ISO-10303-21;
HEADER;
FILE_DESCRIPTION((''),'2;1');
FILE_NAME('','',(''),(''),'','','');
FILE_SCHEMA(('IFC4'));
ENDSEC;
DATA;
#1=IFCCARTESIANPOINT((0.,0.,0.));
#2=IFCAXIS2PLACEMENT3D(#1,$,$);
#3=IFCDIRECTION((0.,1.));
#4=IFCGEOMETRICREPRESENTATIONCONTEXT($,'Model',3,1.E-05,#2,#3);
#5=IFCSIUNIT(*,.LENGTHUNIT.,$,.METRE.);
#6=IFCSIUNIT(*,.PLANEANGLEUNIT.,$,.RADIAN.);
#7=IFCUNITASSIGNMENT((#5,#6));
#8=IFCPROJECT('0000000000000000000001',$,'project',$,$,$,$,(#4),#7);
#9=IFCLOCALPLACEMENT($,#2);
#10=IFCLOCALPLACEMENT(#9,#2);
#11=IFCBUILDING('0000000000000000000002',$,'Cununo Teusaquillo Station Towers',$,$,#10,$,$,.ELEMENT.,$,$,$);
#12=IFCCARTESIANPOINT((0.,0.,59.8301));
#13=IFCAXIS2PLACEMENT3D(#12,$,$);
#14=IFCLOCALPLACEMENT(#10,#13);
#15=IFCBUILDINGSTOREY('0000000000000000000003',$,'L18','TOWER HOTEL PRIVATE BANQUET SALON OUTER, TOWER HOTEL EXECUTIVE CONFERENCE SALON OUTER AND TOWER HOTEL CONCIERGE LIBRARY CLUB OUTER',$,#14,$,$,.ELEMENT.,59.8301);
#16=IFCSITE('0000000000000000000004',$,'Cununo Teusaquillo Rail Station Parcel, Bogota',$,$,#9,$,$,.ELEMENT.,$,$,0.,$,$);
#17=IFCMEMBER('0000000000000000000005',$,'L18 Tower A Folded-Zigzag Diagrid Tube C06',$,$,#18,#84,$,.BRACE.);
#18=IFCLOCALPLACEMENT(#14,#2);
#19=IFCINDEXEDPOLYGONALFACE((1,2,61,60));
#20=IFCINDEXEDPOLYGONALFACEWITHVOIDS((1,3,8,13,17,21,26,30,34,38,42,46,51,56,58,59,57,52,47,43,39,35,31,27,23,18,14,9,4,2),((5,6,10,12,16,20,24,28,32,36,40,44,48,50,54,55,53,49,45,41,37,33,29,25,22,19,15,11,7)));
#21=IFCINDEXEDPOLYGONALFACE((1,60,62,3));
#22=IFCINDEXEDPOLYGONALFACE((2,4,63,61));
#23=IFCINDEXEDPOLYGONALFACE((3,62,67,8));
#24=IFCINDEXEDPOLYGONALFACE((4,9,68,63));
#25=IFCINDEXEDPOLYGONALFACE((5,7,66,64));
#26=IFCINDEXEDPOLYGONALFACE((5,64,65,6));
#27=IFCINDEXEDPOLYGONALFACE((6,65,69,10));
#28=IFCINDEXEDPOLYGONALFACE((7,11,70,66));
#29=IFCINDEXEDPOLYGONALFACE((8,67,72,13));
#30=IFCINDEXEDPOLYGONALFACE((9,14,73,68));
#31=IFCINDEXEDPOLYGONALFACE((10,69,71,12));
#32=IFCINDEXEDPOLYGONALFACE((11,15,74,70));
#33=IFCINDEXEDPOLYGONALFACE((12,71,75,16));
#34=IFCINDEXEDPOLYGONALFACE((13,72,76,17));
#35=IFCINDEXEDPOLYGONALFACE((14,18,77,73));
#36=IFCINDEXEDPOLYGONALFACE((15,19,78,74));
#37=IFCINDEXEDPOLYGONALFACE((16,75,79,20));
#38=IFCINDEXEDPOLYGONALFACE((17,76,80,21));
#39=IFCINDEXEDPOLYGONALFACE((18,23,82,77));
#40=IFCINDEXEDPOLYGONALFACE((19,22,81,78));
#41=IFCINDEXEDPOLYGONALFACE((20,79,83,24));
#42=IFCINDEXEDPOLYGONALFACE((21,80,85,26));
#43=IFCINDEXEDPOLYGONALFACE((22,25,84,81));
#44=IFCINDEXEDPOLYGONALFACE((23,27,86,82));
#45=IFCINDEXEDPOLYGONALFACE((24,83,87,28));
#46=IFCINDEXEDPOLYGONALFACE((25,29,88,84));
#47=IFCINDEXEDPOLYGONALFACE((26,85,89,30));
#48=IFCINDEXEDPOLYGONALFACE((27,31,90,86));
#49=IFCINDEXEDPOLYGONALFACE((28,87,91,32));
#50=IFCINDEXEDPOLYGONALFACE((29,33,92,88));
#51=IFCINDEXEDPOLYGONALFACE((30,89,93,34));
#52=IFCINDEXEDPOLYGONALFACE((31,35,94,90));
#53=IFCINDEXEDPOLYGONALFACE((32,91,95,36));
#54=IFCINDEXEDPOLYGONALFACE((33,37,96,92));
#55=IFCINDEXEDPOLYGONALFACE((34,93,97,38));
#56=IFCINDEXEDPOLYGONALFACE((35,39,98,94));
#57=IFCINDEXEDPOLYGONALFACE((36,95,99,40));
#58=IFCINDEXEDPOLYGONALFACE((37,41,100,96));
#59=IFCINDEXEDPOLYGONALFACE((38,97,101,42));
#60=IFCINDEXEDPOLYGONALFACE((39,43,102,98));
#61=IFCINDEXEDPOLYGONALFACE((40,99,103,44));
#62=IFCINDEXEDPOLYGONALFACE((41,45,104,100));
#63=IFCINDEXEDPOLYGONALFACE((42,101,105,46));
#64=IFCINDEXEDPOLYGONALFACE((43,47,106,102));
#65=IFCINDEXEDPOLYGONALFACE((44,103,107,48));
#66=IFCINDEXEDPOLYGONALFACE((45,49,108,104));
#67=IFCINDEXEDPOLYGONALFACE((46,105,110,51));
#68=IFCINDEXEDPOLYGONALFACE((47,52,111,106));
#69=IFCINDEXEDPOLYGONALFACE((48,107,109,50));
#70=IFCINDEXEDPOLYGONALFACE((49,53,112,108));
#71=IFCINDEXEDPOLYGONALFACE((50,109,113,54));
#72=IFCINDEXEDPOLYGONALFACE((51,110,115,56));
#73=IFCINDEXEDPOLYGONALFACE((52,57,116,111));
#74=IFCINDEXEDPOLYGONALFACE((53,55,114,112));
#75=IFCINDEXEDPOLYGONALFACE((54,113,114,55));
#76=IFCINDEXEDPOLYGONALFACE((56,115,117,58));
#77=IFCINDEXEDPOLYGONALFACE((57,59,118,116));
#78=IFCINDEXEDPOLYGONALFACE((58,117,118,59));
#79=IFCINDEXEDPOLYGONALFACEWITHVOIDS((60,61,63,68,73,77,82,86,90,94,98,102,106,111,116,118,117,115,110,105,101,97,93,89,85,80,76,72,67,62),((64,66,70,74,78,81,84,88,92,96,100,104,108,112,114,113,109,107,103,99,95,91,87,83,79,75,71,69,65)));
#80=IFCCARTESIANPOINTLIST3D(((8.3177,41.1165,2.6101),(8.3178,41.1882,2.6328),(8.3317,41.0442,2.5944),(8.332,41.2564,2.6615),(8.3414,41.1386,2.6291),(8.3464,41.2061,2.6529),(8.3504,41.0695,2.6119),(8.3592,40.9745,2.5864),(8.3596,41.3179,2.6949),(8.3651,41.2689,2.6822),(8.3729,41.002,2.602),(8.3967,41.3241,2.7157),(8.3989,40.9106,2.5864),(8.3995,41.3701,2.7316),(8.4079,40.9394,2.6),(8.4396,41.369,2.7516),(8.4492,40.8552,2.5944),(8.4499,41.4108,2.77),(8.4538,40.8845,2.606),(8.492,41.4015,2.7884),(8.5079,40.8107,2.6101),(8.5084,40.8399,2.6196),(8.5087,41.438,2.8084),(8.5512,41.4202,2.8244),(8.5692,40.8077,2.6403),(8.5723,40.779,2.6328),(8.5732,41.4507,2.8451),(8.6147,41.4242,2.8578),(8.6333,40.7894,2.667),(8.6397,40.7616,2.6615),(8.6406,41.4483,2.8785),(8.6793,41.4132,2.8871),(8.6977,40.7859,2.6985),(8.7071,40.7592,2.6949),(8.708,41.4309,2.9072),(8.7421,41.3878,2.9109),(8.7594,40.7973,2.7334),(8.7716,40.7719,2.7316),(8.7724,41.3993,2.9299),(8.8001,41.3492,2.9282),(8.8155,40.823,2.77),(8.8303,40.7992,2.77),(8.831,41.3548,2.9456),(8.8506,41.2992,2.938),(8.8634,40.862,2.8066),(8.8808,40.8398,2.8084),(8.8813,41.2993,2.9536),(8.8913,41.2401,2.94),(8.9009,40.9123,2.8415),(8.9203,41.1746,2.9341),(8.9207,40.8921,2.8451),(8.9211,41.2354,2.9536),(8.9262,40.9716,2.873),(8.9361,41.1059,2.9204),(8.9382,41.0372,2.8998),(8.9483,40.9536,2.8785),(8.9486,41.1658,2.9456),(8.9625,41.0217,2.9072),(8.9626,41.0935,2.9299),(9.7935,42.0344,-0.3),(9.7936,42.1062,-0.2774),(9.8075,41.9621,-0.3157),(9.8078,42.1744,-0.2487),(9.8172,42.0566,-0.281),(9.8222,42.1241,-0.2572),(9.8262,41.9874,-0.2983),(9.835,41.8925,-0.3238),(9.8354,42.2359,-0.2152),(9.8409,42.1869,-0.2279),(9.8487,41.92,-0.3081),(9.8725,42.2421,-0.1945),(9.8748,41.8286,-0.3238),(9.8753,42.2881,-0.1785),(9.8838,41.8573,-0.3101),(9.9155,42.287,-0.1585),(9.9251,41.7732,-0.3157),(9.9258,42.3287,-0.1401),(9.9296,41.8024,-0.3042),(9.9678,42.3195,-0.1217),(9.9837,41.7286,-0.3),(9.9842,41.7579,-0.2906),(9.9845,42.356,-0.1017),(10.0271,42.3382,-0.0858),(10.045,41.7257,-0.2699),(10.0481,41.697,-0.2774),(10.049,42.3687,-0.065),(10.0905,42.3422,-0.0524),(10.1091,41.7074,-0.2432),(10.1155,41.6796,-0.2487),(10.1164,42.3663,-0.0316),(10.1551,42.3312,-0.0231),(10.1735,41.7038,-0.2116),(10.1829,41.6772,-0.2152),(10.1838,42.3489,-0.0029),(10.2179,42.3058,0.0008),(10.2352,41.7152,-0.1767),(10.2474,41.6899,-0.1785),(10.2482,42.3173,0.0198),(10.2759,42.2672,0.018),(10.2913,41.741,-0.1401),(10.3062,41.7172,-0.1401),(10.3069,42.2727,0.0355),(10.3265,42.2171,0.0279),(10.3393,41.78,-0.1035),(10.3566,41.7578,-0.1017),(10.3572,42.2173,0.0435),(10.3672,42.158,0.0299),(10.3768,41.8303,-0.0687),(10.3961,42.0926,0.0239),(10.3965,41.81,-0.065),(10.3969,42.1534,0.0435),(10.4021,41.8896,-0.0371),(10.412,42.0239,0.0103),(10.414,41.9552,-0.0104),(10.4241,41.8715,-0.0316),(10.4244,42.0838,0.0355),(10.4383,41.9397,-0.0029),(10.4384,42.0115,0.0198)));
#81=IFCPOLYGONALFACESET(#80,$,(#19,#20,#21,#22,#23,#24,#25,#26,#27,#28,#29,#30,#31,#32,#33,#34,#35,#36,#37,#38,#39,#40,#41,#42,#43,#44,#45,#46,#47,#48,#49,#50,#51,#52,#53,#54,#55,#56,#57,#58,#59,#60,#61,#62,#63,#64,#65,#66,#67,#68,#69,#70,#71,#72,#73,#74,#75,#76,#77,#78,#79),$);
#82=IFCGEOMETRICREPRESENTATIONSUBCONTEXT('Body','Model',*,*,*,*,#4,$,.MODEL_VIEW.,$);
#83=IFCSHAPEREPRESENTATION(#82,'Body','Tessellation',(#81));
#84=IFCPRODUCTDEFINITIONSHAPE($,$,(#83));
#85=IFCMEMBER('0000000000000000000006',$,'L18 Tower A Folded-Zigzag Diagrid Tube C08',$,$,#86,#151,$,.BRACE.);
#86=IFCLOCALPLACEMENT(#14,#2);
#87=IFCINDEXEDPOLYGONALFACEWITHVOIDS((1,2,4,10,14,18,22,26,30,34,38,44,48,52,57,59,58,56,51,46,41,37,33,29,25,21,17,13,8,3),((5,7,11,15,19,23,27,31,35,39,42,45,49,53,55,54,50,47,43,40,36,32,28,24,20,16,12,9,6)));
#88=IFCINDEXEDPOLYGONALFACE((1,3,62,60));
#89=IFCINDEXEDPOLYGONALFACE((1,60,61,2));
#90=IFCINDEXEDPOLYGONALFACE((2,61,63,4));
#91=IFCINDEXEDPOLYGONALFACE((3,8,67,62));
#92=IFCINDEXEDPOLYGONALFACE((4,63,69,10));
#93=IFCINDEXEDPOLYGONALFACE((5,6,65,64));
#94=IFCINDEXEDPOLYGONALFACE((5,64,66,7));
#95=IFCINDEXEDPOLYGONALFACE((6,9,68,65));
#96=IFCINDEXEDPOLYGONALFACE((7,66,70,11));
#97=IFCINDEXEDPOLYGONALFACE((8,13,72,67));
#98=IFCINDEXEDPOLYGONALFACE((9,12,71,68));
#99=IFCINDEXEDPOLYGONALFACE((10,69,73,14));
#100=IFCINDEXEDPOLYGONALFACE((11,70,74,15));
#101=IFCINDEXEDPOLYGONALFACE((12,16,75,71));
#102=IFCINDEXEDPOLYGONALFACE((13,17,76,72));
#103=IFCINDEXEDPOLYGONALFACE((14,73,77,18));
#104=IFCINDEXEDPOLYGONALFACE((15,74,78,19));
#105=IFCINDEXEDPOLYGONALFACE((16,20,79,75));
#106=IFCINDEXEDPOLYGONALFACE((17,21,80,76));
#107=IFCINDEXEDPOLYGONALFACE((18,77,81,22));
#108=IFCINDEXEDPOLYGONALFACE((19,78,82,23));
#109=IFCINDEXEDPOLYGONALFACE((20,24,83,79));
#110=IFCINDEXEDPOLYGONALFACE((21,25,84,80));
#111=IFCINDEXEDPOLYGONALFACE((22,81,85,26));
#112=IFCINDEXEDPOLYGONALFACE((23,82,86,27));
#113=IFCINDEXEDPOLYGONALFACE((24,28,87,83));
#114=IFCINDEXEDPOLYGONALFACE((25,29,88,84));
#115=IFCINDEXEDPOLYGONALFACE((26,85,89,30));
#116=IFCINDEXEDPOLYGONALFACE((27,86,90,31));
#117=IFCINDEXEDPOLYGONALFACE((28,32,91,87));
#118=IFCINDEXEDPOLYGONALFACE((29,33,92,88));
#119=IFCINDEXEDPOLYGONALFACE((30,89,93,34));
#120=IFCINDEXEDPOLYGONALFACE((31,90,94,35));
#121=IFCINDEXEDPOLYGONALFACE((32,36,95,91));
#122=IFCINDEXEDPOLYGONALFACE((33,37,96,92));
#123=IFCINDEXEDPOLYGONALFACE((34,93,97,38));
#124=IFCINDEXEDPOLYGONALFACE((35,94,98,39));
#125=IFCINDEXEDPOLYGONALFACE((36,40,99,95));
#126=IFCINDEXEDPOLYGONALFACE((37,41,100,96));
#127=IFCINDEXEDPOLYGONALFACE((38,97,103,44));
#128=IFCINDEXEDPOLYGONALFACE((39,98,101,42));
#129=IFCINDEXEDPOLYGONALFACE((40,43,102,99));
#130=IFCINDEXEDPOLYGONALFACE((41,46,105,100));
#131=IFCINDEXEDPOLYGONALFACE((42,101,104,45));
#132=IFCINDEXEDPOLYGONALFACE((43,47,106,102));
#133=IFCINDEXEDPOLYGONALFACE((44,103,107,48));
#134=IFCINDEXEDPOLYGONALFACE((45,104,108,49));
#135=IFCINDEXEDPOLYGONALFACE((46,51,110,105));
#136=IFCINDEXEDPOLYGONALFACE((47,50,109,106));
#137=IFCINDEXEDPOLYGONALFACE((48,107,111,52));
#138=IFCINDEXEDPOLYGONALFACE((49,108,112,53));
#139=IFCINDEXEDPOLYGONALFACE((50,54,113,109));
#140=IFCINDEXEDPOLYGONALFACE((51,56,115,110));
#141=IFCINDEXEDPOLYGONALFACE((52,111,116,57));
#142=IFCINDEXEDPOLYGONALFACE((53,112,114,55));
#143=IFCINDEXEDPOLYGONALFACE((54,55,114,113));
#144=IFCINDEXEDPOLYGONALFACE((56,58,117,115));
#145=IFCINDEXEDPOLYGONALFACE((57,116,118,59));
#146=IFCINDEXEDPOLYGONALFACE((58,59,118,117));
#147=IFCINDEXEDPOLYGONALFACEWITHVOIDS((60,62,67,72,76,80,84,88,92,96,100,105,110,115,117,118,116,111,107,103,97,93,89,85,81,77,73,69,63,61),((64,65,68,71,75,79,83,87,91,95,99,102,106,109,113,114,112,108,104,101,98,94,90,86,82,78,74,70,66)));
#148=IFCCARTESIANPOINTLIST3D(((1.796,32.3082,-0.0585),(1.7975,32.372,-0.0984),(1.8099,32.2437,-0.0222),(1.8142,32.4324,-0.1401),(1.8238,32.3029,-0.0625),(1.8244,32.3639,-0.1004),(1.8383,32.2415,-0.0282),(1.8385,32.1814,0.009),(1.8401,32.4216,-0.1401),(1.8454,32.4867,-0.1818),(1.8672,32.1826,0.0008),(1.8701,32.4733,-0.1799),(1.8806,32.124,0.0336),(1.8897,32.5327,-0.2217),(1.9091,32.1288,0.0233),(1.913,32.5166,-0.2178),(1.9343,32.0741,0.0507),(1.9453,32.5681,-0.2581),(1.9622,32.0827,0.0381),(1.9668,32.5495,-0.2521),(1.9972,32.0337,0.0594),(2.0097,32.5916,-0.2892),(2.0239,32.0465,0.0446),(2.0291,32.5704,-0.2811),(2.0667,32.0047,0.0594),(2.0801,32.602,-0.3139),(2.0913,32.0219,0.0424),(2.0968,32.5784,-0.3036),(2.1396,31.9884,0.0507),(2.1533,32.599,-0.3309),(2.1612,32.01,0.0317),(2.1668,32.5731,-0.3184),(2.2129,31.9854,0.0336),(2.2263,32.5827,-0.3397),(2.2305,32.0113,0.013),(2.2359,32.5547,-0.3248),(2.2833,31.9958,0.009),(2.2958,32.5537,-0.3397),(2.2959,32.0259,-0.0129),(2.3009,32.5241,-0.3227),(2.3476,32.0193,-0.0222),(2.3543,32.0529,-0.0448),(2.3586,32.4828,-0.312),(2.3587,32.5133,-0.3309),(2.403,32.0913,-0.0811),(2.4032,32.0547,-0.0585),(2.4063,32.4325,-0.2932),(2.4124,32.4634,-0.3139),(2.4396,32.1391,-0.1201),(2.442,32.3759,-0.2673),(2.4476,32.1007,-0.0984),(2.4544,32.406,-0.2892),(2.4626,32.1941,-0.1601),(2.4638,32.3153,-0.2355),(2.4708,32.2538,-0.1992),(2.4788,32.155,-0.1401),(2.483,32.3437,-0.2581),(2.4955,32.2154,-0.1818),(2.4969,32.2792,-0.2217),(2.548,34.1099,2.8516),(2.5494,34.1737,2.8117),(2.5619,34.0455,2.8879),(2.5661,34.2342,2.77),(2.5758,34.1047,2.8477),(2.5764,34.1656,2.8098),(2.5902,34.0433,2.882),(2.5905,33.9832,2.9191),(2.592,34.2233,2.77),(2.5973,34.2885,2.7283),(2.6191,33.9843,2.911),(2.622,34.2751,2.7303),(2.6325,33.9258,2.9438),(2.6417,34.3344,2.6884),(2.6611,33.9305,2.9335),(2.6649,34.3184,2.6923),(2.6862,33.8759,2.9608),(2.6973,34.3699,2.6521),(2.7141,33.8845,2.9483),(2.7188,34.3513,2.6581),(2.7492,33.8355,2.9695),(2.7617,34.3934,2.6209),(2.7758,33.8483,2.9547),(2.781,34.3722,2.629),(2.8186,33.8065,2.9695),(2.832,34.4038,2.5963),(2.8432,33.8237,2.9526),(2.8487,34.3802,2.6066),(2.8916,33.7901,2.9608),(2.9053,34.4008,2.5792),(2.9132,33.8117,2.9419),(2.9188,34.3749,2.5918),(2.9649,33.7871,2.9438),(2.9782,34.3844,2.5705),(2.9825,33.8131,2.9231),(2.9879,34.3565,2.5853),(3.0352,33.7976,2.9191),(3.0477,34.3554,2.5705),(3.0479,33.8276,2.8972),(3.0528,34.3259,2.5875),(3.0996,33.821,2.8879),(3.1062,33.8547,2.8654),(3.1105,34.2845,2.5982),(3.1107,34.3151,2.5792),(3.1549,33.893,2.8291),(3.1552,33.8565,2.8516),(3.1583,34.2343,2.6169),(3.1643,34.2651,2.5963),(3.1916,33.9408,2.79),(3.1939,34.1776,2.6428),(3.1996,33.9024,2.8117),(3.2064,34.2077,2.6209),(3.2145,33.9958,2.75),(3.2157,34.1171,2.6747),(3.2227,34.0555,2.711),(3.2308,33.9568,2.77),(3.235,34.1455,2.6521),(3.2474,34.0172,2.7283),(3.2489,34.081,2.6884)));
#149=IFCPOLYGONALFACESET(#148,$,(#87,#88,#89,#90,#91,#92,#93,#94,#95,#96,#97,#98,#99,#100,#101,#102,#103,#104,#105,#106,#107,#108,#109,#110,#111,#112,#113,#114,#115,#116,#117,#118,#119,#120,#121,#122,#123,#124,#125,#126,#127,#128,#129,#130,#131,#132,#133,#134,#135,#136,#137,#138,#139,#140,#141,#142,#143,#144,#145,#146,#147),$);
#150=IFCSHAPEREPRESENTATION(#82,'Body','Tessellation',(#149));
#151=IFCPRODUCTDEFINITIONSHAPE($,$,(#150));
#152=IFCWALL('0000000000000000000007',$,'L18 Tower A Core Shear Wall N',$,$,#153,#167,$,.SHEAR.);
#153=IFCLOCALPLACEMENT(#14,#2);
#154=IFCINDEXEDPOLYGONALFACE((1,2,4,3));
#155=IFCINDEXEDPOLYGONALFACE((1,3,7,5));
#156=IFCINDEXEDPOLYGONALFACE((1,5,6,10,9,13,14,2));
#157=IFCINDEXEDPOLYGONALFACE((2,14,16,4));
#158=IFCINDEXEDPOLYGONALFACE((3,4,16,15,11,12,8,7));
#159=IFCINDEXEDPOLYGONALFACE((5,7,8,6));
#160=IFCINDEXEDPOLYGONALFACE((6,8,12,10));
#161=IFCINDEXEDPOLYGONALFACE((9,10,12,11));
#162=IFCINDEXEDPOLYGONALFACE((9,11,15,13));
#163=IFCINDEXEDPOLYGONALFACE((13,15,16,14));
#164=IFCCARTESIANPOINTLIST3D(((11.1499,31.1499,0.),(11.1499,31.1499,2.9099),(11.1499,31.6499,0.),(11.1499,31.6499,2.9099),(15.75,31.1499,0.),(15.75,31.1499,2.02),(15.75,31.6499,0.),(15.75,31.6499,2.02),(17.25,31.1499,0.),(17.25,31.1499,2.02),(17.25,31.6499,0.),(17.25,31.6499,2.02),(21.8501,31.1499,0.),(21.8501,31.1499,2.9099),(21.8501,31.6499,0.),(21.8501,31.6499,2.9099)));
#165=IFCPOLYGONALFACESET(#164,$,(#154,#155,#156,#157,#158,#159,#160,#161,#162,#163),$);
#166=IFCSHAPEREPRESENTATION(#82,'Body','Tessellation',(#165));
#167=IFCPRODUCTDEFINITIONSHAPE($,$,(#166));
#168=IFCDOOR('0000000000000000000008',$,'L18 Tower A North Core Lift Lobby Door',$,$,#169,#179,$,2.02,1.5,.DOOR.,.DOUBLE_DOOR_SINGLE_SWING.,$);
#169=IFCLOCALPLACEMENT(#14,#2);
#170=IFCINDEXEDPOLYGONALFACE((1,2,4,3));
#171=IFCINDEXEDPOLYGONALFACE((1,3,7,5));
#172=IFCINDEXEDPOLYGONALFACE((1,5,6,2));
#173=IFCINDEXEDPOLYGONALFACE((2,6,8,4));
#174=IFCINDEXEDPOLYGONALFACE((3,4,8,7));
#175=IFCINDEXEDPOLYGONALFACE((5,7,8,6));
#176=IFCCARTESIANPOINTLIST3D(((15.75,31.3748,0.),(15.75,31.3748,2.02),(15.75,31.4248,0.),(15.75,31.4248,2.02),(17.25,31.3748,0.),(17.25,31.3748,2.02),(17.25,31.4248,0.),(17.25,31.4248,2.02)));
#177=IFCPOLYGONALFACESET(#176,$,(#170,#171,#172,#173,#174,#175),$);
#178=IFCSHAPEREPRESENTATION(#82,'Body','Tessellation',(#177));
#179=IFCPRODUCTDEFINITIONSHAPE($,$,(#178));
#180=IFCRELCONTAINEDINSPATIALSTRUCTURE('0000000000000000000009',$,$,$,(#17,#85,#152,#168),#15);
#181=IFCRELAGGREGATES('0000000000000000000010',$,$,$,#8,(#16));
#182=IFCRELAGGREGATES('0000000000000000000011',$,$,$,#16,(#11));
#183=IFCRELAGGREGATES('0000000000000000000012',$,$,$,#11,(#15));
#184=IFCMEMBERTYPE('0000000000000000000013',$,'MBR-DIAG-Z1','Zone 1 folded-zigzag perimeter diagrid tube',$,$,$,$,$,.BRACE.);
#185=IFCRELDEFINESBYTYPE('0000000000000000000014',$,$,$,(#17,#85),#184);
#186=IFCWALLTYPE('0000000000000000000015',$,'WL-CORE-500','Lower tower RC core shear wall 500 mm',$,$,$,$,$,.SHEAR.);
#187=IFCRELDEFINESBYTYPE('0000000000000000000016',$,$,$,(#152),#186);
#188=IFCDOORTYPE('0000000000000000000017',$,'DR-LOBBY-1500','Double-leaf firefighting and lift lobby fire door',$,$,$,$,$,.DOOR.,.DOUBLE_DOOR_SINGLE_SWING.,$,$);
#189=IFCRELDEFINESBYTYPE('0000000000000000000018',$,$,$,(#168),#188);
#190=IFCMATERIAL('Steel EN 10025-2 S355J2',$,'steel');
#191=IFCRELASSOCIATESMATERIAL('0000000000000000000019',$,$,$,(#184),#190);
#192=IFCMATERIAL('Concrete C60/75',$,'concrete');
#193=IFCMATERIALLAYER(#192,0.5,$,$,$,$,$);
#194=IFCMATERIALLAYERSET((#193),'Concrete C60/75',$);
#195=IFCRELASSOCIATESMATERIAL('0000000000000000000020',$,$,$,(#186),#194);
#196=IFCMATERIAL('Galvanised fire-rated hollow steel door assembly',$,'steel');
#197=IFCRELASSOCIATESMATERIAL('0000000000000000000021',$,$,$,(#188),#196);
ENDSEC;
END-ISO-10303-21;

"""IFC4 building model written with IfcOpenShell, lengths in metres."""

from ifc_helpers import new_model, si_unit, direction, frame, frame_2d, origin, origin_2d, place, context, subcontext, project, spatial, rectangle, hollow_circle, extrude, source, transform, mapped, material, layer, layer_set, material_profile, profile_set, type_object, element, fill, save


model = new_model("IFC4")

# Units and contexts
model_context = context("Model", 3, precision=1e-05, world=origin(), true_north=direction((0.0, 1.0)))
body_context = subcontext(model_context, "Body", "Model", "MODEL_VIEW")
ifc_project = project(units=[si_unit("LENGTHUNIT", "METRE"), si_unit("PLANEANGLEUNIT", "RADIAN")], contexts=[model_context])

# Site, building, storey
site_placement = place(None, origin())
site = spatial("IfcSite", under=ifc_project, at=site_placement, Name="Cununo Teusaquillo Rail Station Parcel, Bogota", CompositionType="ELEMENT", RefElevation=0.0)
building_placement = place(site_placement, origin())
building = spatial("IfcBuilding", under=site, at=building_placement, Name="Cununo Teusaquillo Station Towers", CompositionType="ELEMENT")
storey_placement = place(building_placement, frame((0.0, 0.0, 59.8301)))
storey = spatial("IfcBuildingStorey", under=building, at=storey_placement, Name="L18", Description="TOWER HOTEL PRIVATE BANQUET SALON OUTER, TOWER HOTEL EXECUTIVE CONFERENCE SALON OUTER AND TOWER HOTEL CONCIERGE LIBRARY CLUB OUTER", CompositionType="ELEMENT", Elevation=59.8301)

# Members
ifc_material_1 = material(Name="Steel EN 10025-2 S355J2", Category="steel")
ifc_material_profile_1 = material_profile(ifc_material_1, hollow_circle(Radius=0.3601, WallThickness=0.0281, at=origin_2d()), Name="CHS 720x28")
ifc_profile_set_1 = profile_set([ifc_material_profile_1], Name="Steel EN 10025-2 S355J2")
member_type = type_object("IfcMemberType", Name="MBR-DIAG-Z1", Description="Zone 1 folded-zigzag perimeter diagrid tube", PredefinedType="BRACE", material=ifc_profile_set_1)
member_1_placement = place(storey_placement, frame((10.116, 42.0229, -0.1401), z_axis=(-0.435393, -0.270815, 0.858541), x_axis=(0.528167, -0.849141, 0.0)))
element("IfcMember", 1, at=member_1_placement, inside=storey, type_object=member_type, Name="L18 Tower A Folded-Zigzag Diagrid Tube C06", PredefinedType="BRACE", context=body_context, shape_type="SweptSolid", body=[
    extrude(hollow_circle(Radius=0.3601, WallThickness=0.0281, at=origin_2d()), origin(), (0.0, 0.0, 1.0), 3.3896),
])
member_2_placement = place(storey_placement, frame((2.1465, 32.2937, -0.1401), z_axis=(0.214574, 0.514143, 0.830431), x_axis=(-0.922855, 0.385148, 0.0)))
element("IfcMember", 2, at=member_2_placement, inside=storey, type_object=member_type, Name="L18 Tower A Folded-Zigzag Diagrid Tube C08", PredefinedType="BRACE", context=body_context, shape_type="SweptSolid", body=[
    extrude(hollow_circle(Radius=0.3601, WallThickness=0.0281, at=origin_2d()), origin(), (0.0, 0.0, 1.0), 3.5044),
])

# Wall, opening, door
ifc_material_2 = material(Name="Concrete C60/75", Category="concrete")
ifc_layer_1 = layer(ifc_material_2, 0.5)
ifc_layer_set_1 = layer_set([ifc_layer_1], Name="Concrete C60/75")
wall_type_1 = type_object("IfcWallType", Name="WL-CORE-500", Description="Lower tower RC core shear wall 500 mm", PredefinedType="SHEAR", material=ifc_layer_set_1)
wall_1_placement = place(storey_placement, frame((11.1499, 31.3999, 0.0), z_axis=(0.0, 0.0, 1.0), x_axis=(1.0, 0.0, 0.0)))
wall_1 = element("IfcWall", 3, at=wall_1_placement, inside=storey, type_object=wall_type_1, Name="L18 Tower A Core Shear Wall N", PredefinedType="SHEAR", context=body_context, shape_type="SweptSolid", body=[
    extrude(rectangle(XDim=10.7002, YDim=0.5, at=frame_2d((5.3501, 0.0))), origin(), (0.0, 0.0, 1.0), 2.9099),
])
shared_shape_1 = source(origin(), body_context, "Body", "SweptSolid", [
    extrude(rectangle(XDim=1.5, YDim=2.02, at=frame_2d((0.75, 1.01))), frame((0.0, 0.26, 0.0), z_axis=(0.0, -1.0, 0.0), x_axis=(1.0, 0.0, 0.0)), (0.0, 0.0, 1.0), 0.52),
])
opening_1_placement = place(wall_1_placement, frame((4.6001, 0.0, 0.0)))
opening_1 = element("IfcOpeningElement", 4, at=opening_1_placement, cuts=wall_1, PredefinedType="OPENING", context=body_context, shape_type="MappedRepresentation", body=[
    mapped(shared_shape_1, transform((0.0, 0.0, 0.0), x_axis=(1.0, 0.0, 0.0), y_axis=(0.0, 1.0, 0.0), z_axis=(0.0, 0.0, 1.0), scale=1.0)),
])
ifc_material_3 = material(Name="Galvanised fire-rated hollow steel door assembly", Category="steel")
door_type_1 = type_object("IfcDoorType", Name="DR-LOBBY-1500", Description="Double-leaf firefighting and lift lobby fire door", OperationType="DOUBLE_DOOR_SINGLE_SWING", PredefinedType="DOOR", material=ifc_material_3)
shared_shape_2 = source(origin(), body_context, "Body", "SweptSolid", [
    extrude(rectangle(XDim=1.5, YDim=2.02, at=frame_2d((0.75, 1.01))), frame((0.0, 0.0249, 0.0), z_axis=(0.0, -1.0, 0.0), x_axis=(1.0, 0.0, 0.0)), (0.0, 0.0, 1.0), 0.05),
])
door_1_placement = place(opening_1_placement, origin())
door_1 = element("IfcDoor", 5, at=door_1_placement, inside=storey, type_object=door_type_1, Name="L18 Tower A North Core Lift Lobby Door", OperationType="DOUBLE_DOOR_SINGLE_SWING", OverallHeight=2.02, OverallWidth=1.5, PredefinedType="DOOR", context=body_context, shape_type="MappedRepresentation", body=[
    mapped(shared_shape_2, transform((0.0, 0.0, 0.0), x_axis=(1.0, 0.0, 0.0), y_axis=(0.0, 1.0, 0.0), z_axis=(0.0, 0.0, 1.0), scale=1.0)),
])
fill(opening_1, door_1)

save(model, "model.ifc")
